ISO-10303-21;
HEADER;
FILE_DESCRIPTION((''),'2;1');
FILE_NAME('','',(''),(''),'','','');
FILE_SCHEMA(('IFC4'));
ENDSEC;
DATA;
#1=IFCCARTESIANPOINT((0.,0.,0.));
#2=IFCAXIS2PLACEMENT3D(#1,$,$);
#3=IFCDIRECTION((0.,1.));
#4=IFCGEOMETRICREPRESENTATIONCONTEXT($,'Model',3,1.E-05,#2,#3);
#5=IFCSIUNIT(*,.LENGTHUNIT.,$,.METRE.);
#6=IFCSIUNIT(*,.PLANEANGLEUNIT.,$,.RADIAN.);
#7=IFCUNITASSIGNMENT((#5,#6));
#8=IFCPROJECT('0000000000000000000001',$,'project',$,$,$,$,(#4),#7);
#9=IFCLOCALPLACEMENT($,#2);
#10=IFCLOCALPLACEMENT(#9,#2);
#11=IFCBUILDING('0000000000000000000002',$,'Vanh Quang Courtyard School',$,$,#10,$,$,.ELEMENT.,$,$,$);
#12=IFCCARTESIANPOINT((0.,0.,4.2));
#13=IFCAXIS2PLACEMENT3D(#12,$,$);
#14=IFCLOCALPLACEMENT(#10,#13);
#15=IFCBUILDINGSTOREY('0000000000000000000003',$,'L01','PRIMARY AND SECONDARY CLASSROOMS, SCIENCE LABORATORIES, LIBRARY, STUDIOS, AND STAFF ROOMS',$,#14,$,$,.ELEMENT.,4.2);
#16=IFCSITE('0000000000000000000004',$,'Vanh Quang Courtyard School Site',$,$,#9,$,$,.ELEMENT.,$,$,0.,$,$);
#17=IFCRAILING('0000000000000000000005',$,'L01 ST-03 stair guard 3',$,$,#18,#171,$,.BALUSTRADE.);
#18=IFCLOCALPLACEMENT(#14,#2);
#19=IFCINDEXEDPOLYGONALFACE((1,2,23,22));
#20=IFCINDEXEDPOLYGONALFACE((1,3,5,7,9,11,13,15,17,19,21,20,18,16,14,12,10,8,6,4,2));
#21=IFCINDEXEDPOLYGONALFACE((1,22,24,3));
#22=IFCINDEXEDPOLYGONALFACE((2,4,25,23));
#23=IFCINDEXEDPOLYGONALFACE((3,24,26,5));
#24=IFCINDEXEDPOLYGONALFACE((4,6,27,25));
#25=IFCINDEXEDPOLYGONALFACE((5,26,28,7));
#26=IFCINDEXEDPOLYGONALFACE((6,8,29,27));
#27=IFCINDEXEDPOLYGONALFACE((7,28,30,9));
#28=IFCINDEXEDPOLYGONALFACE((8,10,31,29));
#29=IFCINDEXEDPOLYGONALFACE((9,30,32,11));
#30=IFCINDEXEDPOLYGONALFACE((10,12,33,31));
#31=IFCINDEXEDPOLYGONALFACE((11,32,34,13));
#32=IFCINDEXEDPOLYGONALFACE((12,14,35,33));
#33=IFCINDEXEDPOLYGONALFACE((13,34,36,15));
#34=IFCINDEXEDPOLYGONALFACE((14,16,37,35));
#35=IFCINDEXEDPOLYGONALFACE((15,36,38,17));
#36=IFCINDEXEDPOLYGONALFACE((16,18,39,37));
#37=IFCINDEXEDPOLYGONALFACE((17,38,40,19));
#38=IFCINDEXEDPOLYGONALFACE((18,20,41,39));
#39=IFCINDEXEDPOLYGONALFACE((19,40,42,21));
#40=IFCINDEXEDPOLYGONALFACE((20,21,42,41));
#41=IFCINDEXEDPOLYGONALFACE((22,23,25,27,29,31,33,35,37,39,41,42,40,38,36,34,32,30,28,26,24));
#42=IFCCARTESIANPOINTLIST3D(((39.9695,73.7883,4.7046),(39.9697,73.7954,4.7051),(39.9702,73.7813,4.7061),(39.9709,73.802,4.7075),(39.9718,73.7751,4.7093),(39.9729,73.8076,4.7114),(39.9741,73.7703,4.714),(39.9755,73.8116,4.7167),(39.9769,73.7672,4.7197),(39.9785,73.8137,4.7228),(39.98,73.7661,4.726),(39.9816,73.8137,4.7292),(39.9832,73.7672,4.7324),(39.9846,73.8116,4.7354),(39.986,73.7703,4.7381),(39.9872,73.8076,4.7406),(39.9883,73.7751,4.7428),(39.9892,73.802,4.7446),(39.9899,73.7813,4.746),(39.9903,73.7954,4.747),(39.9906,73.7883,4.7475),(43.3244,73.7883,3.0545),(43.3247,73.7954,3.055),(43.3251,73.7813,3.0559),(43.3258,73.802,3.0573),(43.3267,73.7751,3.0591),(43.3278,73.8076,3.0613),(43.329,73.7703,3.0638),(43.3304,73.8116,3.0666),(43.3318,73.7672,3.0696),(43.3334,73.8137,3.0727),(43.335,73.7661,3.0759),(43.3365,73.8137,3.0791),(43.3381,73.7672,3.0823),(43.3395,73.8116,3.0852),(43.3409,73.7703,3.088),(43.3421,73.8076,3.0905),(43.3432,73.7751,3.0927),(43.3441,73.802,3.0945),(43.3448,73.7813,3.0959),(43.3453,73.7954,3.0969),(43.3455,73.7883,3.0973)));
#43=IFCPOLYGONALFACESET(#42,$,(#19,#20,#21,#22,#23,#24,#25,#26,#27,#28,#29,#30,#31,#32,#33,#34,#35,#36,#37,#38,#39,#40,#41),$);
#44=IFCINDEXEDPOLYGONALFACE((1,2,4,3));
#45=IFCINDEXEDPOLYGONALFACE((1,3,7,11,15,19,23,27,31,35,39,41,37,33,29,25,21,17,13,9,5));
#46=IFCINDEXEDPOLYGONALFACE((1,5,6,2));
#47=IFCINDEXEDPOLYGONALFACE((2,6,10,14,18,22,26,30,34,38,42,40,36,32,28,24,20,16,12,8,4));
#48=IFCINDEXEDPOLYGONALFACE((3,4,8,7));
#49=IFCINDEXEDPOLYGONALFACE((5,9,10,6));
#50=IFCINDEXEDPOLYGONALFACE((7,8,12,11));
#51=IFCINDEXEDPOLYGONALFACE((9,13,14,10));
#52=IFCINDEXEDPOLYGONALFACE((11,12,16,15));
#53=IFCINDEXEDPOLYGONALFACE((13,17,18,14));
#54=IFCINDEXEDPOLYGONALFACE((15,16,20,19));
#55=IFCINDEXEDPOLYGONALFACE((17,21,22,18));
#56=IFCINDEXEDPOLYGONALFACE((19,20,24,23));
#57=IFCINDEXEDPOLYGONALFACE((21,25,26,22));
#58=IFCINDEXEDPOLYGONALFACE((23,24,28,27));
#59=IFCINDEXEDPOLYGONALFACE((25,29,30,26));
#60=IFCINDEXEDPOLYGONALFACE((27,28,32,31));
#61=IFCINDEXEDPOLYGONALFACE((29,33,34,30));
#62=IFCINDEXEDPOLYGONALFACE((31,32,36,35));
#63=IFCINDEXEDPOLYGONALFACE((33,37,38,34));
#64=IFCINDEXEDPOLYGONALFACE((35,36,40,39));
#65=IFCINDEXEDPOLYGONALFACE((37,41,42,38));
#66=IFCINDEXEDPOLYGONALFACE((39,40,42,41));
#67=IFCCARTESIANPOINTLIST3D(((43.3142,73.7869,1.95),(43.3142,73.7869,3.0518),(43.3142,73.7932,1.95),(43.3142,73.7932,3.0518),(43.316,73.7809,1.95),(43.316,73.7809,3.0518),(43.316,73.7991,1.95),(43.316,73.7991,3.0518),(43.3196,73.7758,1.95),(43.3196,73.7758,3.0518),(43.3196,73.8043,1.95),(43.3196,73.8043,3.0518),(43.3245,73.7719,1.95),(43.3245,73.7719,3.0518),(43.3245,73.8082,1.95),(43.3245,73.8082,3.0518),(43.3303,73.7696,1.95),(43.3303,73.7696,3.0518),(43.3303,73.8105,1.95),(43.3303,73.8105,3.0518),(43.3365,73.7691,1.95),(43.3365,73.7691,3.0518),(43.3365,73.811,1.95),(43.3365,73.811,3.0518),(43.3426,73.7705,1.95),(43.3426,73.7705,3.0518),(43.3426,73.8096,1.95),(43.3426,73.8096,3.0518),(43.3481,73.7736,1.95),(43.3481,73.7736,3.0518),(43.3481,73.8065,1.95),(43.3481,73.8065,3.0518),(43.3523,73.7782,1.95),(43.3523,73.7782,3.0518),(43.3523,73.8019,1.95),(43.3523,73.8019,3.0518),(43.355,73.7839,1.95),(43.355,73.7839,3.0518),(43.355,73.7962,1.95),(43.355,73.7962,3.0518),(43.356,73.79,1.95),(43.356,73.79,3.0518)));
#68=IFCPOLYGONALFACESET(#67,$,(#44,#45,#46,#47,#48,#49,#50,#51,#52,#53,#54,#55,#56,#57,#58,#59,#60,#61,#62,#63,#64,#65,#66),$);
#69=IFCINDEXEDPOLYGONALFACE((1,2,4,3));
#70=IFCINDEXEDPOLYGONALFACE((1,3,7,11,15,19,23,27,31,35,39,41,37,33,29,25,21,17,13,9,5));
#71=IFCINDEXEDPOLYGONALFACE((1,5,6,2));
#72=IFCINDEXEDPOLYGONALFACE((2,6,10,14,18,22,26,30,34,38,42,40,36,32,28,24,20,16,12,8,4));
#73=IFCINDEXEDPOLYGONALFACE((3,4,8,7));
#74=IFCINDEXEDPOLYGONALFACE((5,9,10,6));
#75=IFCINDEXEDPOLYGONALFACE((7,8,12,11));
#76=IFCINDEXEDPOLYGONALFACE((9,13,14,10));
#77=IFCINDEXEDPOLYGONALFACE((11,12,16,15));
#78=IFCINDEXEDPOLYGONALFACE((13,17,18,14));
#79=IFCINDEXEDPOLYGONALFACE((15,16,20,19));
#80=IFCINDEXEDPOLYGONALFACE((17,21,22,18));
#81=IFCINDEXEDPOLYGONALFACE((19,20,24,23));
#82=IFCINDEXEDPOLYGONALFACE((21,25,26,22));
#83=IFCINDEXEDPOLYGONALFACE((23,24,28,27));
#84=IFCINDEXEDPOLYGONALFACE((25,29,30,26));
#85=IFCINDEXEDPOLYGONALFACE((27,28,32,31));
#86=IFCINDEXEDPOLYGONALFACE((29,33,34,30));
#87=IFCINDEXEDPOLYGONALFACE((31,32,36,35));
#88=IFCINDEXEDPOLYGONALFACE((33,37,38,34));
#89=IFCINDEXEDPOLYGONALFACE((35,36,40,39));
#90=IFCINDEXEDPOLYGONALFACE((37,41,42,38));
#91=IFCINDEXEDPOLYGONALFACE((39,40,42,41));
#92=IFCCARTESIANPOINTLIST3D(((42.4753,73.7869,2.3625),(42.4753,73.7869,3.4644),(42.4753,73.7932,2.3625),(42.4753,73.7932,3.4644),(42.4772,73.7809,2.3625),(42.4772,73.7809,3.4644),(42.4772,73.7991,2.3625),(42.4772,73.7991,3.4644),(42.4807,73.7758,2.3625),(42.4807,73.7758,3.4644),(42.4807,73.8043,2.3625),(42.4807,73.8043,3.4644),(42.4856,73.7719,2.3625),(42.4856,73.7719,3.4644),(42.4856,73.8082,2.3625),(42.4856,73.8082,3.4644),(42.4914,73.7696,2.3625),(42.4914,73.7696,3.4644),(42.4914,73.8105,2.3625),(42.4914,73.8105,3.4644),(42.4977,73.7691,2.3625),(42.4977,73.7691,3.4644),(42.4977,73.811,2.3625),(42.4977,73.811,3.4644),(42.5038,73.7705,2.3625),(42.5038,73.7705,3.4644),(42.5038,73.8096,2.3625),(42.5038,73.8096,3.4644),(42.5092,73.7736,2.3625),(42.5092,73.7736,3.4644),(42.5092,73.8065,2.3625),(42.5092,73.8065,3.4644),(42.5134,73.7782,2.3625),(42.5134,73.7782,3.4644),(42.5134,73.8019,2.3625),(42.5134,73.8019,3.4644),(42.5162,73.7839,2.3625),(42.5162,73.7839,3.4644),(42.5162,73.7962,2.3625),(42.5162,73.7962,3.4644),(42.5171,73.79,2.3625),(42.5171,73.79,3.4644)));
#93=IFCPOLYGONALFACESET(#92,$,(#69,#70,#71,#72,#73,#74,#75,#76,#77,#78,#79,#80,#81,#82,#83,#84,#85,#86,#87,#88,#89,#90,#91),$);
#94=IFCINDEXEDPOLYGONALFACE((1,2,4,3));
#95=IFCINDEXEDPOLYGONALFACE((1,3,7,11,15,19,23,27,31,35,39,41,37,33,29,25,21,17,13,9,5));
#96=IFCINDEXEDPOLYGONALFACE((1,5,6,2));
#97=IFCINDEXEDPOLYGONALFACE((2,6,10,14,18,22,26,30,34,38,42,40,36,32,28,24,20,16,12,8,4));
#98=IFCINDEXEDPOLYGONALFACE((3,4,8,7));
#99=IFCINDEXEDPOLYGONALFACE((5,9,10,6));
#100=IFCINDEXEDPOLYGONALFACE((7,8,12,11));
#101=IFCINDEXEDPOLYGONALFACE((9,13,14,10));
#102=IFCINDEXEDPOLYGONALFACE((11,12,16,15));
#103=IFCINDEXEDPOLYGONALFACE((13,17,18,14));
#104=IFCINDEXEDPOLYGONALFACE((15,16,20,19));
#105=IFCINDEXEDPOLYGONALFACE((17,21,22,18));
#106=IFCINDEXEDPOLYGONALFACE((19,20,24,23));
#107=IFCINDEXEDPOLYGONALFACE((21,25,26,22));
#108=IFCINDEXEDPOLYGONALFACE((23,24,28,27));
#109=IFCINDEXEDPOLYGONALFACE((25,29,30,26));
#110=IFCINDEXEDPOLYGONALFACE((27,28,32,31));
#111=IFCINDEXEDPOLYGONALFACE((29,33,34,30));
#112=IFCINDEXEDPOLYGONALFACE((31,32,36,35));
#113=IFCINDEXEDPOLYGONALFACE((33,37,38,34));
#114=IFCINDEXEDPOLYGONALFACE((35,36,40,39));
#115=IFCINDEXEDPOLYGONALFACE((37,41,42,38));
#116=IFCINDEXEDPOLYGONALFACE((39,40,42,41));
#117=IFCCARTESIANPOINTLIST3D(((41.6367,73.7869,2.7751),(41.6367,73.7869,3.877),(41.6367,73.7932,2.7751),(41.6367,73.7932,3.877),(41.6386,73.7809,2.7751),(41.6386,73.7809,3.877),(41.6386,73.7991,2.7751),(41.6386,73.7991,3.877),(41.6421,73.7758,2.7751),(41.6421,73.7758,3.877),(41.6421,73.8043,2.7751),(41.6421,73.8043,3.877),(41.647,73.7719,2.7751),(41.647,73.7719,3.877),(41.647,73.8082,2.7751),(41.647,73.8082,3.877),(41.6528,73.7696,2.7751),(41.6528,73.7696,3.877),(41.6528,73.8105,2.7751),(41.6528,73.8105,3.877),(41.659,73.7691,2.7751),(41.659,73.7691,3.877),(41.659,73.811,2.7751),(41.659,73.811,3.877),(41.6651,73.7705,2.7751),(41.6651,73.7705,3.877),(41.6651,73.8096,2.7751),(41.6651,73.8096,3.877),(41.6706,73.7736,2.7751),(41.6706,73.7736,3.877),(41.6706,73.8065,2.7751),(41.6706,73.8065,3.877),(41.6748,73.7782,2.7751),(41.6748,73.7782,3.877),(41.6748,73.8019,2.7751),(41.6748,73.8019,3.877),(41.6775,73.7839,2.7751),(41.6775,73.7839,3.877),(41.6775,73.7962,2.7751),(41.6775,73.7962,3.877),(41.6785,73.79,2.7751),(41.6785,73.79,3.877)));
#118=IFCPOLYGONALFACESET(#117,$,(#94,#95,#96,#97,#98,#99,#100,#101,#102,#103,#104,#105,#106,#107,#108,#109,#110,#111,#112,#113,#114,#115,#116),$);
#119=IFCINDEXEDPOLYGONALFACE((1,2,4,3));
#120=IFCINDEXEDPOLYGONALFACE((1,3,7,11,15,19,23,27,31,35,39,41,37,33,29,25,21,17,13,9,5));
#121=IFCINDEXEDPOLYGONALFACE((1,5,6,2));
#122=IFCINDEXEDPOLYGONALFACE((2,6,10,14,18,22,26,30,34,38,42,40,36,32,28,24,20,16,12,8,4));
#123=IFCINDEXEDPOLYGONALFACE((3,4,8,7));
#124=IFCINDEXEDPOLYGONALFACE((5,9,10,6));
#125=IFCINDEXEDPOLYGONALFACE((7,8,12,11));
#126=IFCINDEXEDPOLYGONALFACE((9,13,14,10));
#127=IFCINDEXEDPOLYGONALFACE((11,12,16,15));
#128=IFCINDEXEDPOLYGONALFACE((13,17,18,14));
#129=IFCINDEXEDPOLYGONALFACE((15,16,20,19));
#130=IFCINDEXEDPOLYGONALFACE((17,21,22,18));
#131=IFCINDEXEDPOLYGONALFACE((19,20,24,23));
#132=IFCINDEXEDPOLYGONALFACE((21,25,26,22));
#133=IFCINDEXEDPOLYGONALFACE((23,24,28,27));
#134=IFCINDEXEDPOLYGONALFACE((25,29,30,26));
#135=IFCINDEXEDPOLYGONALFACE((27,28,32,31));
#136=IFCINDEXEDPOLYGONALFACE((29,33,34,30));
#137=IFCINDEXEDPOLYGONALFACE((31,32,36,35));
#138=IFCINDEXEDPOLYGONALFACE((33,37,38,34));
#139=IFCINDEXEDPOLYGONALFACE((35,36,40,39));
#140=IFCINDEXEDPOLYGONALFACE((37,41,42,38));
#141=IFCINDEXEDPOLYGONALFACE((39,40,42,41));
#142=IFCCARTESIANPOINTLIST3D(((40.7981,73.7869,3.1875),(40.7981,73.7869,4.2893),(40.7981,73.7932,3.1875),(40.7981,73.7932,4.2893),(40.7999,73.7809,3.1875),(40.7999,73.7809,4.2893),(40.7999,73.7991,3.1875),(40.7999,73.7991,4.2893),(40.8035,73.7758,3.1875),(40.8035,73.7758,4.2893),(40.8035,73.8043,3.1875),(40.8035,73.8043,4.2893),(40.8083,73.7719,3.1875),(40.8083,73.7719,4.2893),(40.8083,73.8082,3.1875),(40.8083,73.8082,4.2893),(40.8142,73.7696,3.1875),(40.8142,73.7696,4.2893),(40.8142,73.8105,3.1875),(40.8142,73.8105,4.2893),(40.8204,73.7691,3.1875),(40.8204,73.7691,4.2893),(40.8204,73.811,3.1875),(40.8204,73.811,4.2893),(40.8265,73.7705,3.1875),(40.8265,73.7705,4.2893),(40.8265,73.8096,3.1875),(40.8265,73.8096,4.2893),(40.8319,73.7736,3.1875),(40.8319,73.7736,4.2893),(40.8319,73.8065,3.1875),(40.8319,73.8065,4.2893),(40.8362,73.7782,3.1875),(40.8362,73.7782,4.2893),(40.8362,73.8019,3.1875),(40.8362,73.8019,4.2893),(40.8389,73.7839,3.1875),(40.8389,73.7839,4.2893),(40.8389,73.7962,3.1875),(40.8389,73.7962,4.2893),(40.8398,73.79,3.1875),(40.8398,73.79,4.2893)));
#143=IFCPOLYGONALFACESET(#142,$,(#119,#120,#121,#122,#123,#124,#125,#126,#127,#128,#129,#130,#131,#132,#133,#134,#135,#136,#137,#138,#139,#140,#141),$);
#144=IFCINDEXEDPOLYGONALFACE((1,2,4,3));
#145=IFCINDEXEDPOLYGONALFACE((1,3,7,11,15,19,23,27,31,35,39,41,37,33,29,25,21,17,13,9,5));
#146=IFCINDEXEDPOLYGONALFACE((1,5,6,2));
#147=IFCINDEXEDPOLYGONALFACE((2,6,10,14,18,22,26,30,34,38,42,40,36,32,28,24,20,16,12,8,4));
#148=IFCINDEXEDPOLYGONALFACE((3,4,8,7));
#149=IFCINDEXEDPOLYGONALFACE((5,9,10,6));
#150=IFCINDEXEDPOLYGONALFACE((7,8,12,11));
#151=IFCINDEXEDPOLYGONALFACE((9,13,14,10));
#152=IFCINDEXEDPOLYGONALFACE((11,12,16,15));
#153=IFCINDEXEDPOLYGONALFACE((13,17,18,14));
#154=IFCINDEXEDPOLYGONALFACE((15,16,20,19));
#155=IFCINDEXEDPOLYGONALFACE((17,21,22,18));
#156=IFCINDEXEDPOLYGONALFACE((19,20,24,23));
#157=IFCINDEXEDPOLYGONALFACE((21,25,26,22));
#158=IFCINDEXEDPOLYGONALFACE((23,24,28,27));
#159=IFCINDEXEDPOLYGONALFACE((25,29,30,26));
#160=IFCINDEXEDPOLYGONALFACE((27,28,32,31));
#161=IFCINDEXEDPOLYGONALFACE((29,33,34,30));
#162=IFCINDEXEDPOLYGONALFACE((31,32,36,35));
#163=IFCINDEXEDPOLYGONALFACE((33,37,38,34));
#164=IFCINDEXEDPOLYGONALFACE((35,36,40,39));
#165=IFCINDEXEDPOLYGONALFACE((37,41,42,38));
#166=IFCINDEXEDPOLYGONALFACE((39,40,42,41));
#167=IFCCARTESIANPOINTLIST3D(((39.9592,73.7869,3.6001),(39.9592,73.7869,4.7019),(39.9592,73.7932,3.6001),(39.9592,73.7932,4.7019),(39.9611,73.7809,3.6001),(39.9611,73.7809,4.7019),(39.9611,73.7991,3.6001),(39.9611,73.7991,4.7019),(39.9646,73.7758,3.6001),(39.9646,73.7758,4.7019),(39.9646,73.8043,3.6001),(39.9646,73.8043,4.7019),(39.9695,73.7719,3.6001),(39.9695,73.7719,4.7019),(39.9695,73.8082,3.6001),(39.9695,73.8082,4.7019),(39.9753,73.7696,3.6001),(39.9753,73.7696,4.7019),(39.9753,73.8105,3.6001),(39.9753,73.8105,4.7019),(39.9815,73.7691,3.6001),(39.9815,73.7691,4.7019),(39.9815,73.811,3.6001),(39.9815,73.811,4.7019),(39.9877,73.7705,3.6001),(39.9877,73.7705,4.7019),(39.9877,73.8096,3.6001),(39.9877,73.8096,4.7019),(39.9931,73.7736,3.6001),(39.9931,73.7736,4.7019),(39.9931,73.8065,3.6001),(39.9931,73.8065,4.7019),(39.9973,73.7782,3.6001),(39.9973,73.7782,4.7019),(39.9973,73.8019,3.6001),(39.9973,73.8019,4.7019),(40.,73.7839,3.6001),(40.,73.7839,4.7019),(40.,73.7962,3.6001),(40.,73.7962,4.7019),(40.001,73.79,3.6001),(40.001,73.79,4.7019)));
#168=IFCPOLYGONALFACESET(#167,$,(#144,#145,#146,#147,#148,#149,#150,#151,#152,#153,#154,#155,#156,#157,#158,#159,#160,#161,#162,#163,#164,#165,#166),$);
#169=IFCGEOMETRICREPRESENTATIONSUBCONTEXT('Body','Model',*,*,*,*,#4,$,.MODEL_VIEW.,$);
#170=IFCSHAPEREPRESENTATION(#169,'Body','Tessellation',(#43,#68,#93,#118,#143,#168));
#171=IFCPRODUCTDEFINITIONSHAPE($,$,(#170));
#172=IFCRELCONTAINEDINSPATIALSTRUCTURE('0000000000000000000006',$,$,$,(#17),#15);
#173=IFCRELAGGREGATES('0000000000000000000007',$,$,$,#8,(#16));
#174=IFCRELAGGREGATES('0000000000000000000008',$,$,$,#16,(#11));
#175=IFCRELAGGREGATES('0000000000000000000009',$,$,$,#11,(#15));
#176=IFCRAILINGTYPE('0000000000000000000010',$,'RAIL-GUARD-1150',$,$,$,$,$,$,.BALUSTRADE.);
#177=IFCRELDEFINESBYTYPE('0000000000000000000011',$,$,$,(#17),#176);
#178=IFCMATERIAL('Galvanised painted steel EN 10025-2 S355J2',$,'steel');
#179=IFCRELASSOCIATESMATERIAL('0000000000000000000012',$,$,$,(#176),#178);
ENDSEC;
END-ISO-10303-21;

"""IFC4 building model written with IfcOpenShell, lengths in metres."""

from ifc_helpers import new_model, si_unit, direction, frame, origin, origin_2d, place, context, subcontext, project, spatial, circle, extrude, material, type_object, element, save


model = new_model("IFC4")

# Units and contexts
model_context = context("Model", 3, precision=1e-05, world=origin(), true_north=direction((0.0, 1.0)))
body_context = subcontext(model_context, "Body", "Model", "MODEL_VIEW")
ifc_project = project(units=[si_unit("LENGTHUNIT", "METRE"), si_unit("PLANEANGLEUNIT", "RADIAN")], contexts=[model_context])

# Site, building, storey
site_placement = place(None, origin())
site = spatial("IfcSite", under=ifc_project, at=site_placement, Name="Vanh Quang Courtyard School Site", CompositionType="ELEMENT", RefElevation=0.0)
building_placement = place(site_placement, origin())
building = spatial("IfcBuilding", under=site, at=building_placement, Name="Vanh Quang Courtyard School", CompositionType="ELEMENT")
storey_placement = place(building_placement, frame((0.0, 0.0, 4.2)))
storey = spatial("IfcBuildingStorey", under=building, at=storey_placement, Name="L01", Description="PRIMARY AND SECONDARY CLASSROOMS, SCIENCE LABORATORIES, LIBRARY, STUDIOS, AND STAFF ROOMS", CompositionType="ELEMENT", Elevation=4.2)

# Railing
ifc_material_1 = material(Name="Galvanised painted steel EN 10025-2 S355J2", Category="steel")
railing_type_1 = type_object("IfcRailingType", Name="RAIL-GUARD-1150", PredefinedType="BALUSTRADE", material=ifc_material_1)
railing_1_placement = place(storey_placement, frame((43.335, 73.79, 1.95)))
element("IfcRailing", 1, at=railing_1_placement, inside=storey, type_object=railing_type_1, Name="L01 ST-03 stair guard 3", PredefinedType="BALUSTRADE", context=body_context, shape_type="SweptSolid", body=[
    extrude(circle(Radius=0.0239, at=origin_2d()), frame((0.0, 0.0, 1.126), z_axis=(-0.897333, 0.0, 0.441353), x_axis=(0.0, -1.0, 0.0)), (0.0, 0.0, 1.0), 3.7388),
    extrude(circle(Radius=0.021, at=origin_2d()), origin(), (0.0, 0.0, 1.0), 1.1018),
    extrude(circle(Radius=0.021, at=origin_2d()), frame((-0.8389, 0.0, 0.4126)), (0.0, 0.0, 1.0), 1.1018),
    extrude(circle(Radius=0.021, at=origin_2d()), frame((-1.6775, 0.0, 0.8252)), (0.0, 0.0, 1.0), 1.1018),
    extrude(circle(Radius=0.021, at=origin_2d()), frame((-2.5161, 0.0, 1.2375)), (0.0, 0.0, 1.0), 1.1018),
    extrude(circle(Radius=0.021, at=origin_2d()), frame((-3.355, 0.0, 1.6501)), (0.0, 0.0, 1.0), 1.1018),
])

save(model, "model.ifc")
